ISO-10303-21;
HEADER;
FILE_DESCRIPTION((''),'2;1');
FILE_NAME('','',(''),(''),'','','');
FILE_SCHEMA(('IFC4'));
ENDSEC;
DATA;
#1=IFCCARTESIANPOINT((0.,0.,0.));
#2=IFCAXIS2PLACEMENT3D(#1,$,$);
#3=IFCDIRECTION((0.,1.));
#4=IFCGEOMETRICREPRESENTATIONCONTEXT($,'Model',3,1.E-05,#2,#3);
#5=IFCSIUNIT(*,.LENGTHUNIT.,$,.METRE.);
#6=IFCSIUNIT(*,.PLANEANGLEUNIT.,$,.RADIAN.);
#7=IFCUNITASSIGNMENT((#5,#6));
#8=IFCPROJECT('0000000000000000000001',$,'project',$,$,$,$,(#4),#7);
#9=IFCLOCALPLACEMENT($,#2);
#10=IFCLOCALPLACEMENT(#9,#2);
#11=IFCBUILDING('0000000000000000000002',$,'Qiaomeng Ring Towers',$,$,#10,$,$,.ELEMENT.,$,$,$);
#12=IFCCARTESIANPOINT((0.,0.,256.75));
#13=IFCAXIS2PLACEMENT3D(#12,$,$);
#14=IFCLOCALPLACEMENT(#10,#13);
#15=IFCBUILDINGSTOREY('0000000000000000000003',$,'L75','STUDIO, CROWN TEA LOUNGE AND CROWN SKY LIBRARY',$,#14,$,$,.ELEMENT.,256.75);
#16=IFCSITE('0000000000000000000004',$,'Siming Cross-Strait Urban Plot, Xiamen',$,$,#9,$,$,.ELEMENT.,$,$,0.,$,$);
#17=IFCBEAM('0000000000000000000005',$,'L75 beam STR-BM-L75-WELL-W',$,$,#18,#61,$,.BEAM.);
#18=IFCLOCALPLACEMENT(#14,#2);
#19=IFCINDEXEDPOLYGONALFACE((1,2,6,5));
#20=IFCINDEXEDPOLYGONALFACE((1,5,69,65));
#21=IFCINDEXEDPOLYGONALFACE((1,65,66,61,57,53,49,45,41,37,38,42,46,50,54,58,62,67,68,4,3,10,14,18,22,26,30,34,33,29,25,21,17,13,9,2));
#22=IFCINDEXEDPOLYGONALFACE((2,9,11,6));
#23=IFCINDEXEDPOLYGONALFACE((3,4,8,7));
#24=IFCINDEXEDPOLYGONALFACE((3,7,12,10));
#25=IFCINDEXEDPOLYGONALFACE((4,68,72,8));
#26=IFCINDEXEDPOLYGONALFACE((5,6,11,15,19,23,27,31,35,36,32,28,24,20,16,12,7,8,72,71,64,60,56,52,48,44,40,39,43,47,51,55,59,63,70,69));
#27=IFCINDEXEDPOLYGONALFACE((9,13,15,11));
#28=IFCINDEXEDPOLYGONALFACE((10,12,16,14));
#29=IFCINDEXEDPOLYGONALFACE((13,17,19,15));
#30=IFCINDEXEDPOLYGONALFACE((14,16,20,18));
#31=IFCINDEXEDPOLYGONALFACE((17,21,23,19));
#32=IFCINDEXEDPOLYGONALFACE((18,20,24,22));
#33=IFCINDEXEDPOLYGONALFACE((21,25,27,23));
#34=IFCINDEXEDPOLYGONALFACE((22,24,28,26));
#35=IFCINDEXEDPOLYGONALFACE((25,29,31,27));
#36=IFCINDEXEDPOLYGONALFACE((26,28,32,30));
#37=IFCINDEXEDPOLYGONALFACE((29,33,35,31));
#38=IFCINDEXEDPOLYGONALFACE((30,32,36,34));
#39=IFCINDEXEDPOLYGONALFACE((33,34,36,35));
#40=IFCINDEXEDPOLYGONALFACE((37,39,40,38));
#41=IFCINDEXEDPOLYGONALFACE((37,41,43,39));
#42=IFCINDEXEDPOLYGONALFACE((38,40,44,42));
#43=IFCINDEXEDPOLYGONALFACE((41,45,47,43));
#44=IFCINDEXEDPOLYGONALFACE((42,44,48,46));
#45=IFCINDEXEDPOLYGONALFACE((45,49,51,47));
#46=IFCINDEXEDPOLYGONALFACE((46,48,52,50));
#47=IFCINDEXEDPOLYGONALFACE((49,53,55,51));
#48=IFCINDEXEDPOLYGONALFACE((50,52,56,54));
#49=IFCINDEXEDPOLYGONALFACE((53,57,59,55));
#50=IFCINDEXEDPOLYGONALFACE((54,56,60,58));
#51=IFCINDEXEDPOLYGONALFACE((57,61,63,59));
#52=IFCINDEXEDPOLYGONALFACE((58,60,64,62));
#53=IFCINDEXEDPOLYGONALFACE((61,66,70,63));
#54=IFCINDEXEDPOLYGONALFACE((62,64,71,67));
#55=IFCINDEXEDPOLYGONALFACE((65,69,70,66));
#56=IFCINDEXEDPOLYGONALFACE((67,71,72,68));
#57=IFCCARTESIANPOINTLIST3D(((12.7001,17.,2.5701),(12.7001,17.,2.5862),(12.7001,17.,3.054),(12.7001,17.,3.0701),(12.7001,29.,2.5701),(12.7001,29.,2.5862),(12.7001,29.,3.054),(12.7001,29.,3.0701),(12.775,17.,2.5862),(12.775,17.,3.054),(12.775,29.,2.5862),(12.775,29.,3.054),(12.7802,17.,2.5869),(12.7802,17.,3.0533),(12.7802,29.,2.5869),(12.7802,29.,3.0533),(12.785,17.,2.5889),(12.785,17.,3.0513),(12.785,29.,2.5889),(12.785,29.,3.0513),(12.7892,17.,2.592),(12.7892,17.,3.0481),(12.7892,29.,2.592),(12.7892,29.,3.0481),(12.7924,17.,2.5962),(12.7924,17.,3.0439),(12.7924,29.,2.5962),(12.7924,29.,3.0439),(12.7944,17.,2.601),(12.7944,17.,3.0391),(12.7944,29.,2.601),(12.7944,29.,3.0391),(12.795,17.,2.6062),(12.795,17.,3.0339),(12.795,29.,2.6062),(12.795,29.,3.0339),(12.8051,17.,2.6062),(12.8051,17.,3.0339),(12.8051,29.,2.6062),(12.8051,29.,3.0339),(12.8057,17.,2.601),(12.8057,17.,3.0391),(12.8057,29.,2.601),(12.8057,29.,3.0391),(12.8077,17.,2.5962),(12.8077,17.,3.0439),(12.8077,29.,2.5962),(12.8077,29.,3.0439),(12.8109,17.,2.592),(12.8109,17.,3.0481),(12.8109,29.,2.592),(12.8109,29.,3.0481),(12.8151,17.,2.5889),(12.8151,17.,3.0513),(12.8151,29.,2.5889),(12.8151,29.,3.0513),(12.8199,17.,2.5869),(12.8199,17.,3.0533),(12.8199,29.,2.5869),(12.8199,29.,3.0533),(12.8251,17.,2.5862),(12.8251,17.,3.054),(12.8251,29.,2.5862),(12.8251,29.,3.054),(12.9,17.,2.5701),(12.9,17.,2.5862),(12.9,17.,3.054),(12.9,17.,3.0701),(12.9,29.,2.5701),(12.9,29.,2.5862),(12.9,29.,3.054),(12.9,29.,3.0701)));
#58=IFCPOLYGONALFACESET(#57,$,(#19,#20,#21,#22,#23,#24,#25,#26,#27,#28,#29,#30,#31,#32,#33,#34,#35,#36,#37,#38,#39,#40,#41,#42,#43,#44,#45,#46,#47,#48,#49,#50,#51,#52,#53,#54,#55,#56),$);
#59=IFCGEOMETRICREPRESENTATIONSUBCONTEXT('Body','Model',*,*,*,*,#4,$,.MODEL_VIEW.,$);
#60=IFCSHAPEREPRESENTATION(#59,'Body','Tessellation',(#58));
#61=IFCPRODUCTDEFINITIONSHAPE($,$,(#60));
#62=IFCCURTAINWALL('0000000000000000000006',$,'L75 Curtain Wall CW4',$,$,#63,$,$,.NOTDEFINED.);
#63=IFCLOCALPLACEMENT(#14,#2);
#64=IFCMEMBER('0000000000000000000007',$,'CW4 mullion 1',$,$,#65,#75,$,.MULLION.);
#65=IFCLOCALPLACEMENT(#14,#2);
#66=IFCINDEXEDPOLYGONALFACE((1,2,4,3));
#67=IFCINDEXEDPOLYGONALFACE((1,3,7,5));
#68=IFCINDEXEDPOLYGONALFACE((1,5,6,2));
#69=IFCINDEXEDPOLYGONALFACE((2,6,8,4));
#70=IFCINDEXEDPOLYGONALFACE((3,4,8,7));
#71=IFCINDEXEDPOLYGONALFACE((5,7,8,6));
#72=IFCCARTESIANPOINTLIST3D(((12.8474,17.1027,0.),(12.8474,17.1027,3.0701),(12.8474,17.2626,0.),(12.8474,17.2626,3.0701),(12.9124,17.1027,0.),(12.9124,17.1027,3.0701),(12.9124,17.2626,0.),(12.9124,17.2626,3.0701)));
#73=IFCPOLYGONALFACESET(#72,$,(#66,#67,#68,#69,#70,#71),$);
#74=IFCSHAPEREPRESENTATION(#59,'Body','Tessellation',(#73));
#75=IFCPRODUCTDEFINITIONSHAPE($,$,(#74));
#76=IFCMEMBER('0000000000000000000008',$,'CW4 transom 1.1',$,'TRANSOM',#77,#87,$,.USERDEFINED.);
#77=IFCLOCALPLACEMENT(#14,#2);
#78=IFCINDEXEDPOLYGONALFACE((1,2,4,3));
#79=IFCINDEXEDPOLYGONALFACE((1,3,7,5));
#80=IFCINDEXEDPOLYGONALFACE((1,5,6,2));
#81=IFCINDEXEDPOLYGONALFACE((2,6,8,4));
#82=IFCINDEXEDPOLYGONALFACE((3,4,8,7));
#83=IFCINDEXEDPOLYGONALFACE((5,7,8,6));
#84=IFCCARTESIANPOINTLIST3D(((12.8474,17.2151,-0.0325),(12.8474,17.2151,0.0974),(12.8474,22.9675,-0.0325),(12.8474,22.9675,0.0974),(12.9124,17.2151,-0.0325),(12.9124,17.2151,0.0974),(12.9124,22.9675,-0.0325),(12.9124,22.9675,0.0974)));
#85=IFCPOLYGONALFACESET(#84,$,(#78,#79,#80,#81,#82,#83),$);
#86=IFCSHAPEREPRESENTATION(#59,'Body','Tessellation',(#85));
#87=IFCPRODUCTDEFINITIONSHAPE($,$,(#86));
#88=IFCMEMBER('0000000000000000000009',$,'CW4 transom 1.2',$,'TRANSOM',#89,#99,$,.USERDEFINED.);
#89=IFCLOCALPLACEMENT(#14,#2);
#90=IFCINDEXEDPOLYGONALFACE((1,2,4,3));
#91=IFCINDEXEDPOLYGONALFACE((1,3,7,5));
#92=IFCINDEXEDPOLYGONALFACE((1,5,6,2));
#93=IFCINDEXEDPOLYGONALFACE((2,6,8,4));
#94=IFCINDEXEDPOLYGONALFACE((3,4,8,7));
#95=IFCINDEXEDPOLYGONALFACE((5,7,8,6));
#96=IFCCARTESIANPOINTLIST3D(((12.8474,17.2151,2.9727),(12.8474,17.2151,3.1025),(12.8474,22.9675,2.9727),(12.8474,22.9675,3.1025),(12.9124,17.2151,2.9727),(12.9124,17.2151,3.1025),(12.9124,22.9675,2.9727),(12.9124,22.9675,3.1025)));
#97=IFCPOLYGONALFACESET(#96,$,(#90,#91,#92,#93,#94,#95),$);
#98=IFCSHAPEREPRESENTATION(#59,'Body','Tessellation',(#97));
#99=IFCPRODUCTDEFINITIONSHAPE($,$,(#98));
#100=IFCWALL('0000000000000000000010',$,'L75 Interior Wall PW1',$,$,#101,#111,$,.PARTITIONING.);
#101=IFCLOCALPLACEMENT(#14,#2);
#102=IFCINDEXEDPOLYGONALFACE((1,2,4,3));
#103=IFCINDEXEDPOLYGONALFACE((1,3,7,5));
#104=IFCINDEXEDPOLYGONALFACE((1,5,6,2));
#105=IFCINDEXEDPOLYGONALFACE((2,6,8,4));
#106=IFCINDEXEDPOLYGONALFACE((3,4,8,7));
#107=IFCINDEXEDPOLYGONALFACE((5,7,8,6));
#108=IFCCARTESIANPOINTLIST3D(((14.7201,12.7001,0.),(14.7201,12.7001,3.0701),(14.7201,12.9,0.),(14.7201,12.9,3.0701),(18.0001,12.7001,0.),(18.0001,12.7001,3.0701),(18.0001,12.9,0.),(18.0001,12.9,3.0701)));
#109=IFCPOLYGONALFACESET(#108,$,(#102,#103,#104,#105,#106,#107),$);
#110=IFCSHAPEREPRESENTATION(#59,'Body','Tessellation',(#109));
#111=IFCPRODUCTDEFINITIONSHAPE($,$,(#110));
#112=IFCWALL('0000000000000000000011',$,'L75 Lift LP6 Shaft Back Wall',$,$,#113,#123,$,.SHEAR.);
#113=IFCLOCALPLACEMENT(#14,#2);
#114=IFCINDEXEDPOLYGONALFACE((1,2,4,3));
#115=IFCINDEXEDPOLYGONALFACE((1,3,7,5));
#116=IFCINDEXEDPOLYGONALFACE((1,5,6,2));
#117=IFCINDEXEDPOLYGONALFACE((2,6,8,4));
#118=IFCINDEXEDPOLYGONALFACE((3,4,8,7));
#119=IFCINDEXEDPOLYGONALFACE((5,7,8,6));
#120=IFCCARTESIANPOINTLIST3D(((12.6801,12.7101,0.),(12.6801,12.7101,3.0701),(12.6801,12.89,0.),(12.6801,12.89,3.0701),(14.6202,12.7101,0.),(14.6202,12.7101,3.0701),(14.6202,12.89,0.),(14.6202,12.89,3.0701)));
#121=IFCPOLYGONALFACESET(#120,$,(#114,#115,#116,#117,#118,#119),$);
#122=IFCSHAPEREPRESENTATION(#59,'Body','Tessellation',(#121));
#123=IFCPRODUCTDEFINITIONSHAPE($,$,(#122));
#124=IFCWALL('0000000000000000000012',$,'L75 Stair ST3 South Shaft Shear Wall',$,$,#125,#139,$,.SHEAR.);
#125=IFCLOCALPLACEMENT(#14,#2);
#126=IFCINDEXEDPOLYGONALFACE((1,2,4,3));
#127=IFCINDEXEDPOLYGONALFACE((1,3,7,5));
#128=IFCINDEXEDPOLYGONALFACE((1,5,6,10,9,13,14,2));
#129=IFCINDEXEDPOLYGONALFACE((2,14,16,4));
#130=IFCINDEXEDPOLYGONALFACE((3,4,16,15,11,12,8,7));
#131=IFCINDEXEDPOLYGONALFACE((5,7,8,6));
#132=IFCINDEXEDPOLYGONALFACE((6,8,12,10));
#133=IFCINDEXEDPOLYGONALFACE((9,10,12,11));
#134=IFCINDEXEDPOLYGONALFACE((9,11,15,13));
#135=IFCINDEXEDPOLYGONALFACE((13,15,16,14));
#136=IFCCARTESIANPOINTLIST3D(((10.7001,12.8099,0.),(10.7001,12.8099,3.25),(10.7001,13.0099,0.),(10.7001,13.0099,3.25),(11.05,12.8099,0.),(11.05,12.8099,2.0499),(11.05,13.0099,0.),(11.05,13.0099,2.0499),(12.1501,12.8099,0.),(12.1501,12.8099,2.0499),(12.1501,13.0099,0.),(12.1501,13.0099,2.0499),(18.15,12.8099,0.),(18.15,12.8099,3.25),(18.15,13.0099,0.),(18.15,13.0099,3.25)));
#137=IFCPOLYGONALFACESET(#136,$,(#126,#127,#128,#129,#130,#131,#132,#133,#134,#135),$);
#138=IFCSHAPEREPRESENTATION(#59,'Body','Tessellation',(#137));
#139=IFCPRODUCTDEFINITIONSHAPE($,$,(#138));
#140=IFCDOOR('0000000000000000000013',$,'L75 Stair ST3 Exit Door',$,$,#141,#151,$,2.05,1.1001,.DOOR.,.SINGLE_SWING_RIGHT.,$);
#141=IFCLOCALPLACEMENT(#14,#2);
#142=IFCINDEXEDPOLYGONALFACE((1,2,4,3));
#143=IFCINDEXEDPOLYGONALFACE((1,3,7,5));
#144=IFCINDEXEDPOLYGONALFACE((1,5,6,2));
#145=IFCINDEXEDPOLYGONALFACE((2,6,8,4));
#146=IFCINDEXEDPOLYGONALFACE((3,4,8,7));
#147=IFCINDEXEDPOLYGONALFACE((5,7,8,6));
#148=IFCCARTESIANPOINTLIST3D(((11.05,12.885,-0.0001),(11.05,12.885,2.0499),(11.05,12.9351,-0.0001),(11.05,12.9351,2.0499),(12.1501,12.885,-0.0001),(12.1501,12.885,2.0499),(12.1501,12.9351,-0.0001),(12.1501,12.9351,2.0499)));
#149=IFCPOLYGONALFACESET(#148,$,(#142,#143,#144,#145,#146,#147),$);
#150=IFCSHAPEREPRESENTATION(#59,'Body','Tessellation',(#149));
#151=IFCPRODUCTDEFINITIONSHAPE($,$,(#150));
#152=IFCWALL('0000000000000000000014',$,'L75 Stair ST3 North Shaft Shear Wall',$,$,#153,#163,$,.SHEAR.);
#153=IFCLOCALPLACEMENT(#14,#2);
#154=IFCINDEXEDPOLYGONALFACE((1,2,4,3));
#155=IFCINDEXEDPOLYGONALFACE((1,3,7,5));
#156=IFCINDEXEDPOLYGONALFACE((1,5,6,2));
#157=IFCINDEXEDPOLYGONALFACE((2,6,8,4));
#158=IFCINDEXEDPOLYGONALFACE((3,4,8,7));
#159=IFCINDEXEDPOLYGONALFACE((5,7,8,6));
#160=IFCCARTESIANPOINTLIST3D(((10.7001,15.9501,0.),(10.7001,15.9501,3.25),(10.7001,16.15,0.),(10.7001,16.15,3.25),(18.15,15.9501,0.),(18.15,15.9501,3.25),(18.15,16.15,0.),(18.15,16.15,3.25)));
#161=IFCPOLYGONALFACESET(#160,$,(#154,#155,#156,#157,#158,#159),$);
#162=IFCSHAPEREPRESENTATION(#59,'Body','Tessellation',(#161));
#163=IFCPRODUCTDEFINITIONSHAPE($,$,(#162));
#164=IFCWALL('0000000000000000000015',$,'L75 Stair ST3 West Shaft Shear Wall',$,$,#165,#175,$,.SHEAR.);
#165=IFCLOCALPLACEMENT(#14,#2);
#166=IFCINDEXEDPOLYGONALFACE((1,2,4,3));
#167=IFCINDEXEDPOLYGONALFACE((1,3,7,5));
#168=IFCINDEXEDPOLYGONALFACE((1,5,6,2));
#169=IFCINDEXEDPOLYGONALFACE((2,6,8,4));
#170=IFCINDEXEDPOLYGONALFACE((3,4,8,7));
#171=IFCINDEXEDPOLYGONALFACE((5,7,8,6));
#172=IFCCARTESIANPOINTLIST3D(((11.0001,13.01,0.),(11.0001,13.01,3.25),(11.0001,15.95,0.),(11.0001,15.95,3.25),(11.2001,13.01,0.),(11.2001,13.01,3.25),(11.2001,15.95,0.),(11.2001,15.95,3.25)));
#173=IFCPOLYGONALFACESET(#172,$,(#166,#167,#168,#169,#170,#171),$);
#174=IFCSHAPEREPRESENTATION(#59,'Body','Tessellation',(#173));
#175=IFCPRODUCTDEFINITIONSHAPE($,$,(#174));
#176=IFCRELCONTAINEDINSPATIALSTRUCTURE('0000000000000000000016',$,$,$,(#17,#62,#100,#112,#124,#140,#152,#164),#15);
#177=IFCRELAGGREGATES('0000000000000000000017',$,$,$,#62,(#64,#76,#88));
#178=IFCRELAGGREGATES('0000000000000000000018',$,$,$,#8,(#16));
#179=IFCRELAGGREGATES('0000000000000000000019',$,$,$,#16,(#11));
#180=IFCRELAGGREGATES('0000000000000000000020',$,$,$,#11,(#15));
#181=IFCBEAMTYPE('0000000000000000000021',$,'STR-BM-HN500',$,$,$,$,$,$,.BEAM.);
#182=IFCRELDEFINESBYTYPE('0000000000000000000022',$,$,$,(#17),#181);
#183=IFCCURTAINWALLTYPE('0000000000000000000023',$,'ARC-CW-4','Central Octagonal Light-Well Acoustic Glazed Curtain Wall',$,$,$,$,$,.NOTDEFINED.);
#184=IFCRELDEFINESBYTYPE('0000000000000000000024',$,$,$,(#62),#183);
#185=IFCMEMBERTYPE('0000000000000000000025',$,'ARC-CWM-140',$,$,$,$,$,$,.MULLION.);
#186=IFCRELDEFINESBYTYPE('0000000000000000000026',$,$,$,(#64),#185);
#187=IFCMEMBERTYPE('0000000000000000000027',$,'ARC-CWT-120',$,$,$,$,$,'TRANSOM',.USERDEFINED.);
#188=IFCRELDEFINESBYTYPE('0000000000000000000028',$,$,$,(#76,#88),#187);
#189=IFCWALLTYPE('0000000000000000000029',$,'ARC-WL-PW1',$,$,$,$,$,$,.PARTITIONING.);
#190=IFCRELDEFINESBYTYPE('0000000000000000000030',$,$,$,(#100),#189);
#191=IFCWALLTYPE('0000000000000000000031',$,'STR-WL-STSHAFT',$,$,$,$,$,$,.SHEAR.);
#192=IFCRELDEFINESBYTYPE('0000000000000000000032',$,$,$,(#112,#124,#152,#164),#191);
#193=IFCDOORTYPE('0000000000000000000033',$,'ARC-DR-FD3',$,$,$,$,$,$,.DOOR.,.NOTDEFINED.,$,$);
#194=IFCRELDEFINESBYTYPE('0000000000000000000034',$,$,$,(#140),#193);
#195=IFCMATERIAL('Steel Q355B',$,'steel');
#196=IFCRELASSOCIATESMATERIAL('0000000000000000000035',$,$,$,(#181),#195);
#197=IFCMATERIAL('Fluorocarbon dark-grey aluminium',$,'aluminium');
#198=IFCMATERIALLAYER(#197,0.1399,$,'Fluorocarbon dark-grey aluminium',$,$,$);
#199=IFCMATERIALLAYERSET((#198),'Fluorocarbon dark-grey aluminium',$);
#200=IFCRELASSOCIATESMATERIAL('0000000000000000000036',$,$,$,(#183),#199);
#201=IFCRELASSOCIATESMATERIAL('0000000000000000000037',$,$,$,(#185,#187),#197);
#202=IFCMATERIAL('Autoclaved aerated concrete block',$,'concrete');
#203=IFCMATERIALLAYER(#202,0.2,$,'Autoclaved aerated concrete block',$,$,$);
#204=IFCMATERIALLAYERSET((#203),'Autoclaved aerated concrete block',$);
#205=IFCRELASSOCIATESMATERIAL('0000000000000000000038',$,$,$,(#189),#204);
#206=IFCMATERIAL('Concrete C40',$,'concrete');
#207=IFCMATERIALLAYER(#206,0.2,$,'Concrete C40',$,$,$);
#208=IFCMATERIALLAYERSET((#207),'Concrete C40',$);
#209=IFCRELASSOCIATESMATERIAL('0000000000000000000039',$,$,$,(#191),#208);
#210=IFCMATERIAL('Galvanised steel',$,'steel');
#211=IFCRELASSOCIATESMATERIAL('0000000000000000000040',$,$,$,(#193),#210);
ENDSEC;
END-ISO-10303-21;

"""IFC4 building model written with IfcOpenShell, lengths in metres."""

from ifc_helpers import new_model, si_unit, direction, frame, frame_2d, origin, origin_2d, place, context, subcontext, project, spatial, rectangle, i_section, extrude, source, transform, mapped, material, layer, layer_set, material_profile, profile_set, type_object, element, fill, aggregate, save


model = new_model("IFC4")

# Units and contexts
model_context = context("Model", 3, precision=1e-05, world=origin(), true_north=direction((0.0, 1.0)))
body_context = subcontext(model_context, "Body", "Model", "MODEL_VIEW")
ifc_project = project(units=[si_unit("LENGTHUNIT", "METRE"), si_unit("PLANEANGLEUNIT", "RADIAN")], contexts=[model_context])

# Site, building, storey
site_placement = place(None, origin())
site = spatial("IfcSite", under=ifc_project, at=site_placement, Name="Siming Cross-Strait Urban Plot, Xiamen", CompositionType="ELEMENT", RefElevation=0.0)
building_placement = place(site_placement, origin())
building = spatial("IfcBuilding", under=site, at=building_placement, Name="Qiaomeng Ring Towers", CompositionType="ELEMENT")
storey_placement = place(building_placement, frame((0.0, 0.0, 256.75)))
storey = spatial("IfcBuildingStorey", under=building, at=storey_placement, Name="L75", Description="STUDIO, CROWN TEA LOUNGE AND CROWN SKY LIBRARY", CompositionType="ELEMENT", Elevation=256.75)

# Beam
ifc_material_1 = material(Name="Steel Q355B", Category="steel")
ifc_material_profile_1 = material_profile(ifc_material_1, i_section(OverallWidth=0.2, OverallDepth=0.5, WebThickness=0.01, FlangeThickness=0.0161, FilletRadius=0.02, at=origin_2d()), Name="HN 500x200x10x16")
ifc_profile_set_1 = profile_set([ifc_material_profile_1], Name="Steel Q355B")
beam_type = type_object("IfcBeamType", Name="STR-BM-HN500", PredefinedType="BEAM", material=ifc_profile_set_1)
shared_shape_1 = source(origin(), body_context, "Body", "SweptSolid", [
    extrude(i_section(OverallWidth=0.2, OverallDepth=0.5, WebThickness=0.01, FlangeThickness=0.0161, FilletRadius=0.02, at=origin_2d()), origin(), (0.0, 0.0, 1.0), 12.0),
])
beam_placement = place(storey_placement, frame((12.8, 17.0, 2.8201), z_axis=(0.0, 1.0, 0.0), x_axis=(-1.0, 0.0, 0.0)))
element("IfcBeam", 1, at=beam_placement, inside=storey, type_object=beam_type, Name="L75 beam STR-BM-L75-WELL-W", PredefinedType="BEAM", context=body_context, shape_type="MappedRepresentation", body=[
    mapped(shared_shape_1, transform((0.0, 0.0, 0.0), x_axis=(1.0, 0.0, 0.0), y_axis=(0.0, 1.0, 0.0), z_axis=(0.0, 0.0, 1.0), scale=1.0)),
])

# Curtain wall, members
ifc_material_2 = material(Name="Fluorocarbon dark-grey aluminium", Category="aluminium")
ifc_layer_1 = layer(ifc_material_2, 0.1399, Name="Fluorocarbon dark-grey aluminium")
ifc_layer_set_1 = layer_set([ifc_layer_1], Name="Fluorocarbon dark-grey aluminium")
curtain_wall_type = type_object("IfcCurtainWallType", Name="ARC-CW-4", Description="Central Octagonal Light-Well Acoustic Glazed Curtain Wall", PredefinedType="NOTDEFINED", material=ifc_layer_set_1)
curtain_wall_placement = place(storey_placement, origin())
curtain_wall = element("IfcCurtainWall", 2, at=curtain_wall_placement, inside=storey, type_object=curtain_wall_type, Name="L75 Curtain Wall CW4", PredefinedType="NOTDEFINED")
ifc_material_profile_2 = material_profile(ifc_material_2, rectangle(XDim=0.0649, YDim=0.1599, at=origin_2d()), Name="ALU MULL 65x160")
ifc_profile_set_2 = profile_set([ifc_material_profile_2], Name="Fluorocarbon dark-grey aluminium")
member_type_1 = type_object("IfcMemberType", Name="ARC-CWM-140", PredefinedType="MULLION", material=ifc_profile_set_2)
shared_shape_2 = source(origin(), body_context, "Body", "SweptSolid", [
    extrude(rectangle(XDim=0.0649, YDim=0.1599, at=origin_2d()), origin(), (0.0, 0.0, 1.0), 3.0701),
])
member_1_placement = place(storey_placement, frame((12.8799, 17.1826, 0.0), z_axis=(0.0, 0.0, 1.0), x_axis=(-1.0, 0.0, 0.0)))
member_1 = element("IfcMember", 3, at=member_1_placement, type_object=member_type_1, Name="CW4 mullion 1", PredefinedType="MULLION", context=body_context, shape_type="MappedRepresentation", body=[
    mapped(shared_shape_2, transform((0.0, 0.0, 0.0), x_axis=(1.0, 0.0, 0.0), y_axis=(0.0, 1.0, 0.0), z_axis=(0.0, 0.0, 1.0), scale=1.0)),
])
ifc_material_profile_3 = material_profile(ifc_material_2, rectangle(XDim=0.0649, YDim=0.1299, at=origin_2d()), Name="ALU TRAN 65x130")
ifc_profile_set_3 = profile_set([ifc_material_profile_3], Name="Fluorocarbon dark-grey aluminium")
member_type_2 = type_object("IfcMemberType", Name="ARC-CWT-120", ElementType="TRANSOM", PredefinedType="USERDEFINED", material=ifc_profile_set_3)
shared_shape_3 = source(origin(), body_context, "Body", "SweptSolid", [
    extrude(rectangle(XDim=0.0649, YDim=0.1299, at=origin_2d()), origin(), (0.0, 0.0, 1.0), 5.7524),
])
member_2_placement = place(storey_placement, frame((12.8799, 17.2151, 0.0325), z_axis=(0.0, 1.0, 0.0), x_axis=(-1.0, 0.0, 0.0)))
member_2 = element("IfcMember", 4, at=member_2_placement, type_object=member_type_2, Name="CW4 transom 1.1", ObjectType="TRANSOM", PredefinedType="USERDEFINED", context=body_context, shape_type="MappedRepresentation", body=[
    mapped(shared_shape_3, transform((0.0, 0.0, 0.0), x_axis=(1.0, 0.0, 0.0), y_axis=(0.0, 1.0, 0.0), z_axis=(0.0, 0.0, 1.0), scale=1.0)),
])
member_3_placement = place(storey_placement, frame((12.8799, 17.2151, 3.0376), z_axis=(0.0, 1.0, 0.0), x_axis=(-1.0, 0.0, 0.0)))
member_3 = element("IfcMember", 5, at=member_3_placement, type_object=member_type_2, Name="CW4 transom 1.2", ObjectType="TRANSOM", PredefinedType="USERDEFINED", context=body_context, shape_type="MappedRepresentation", body=[
    mapped(shared_shape_3, transform((0.0, 0.0, 0.0), x_axis=(1.0, 0.0, 0.0), y_axis=(0.0, 1.0, 0.0), z_axis=(0.0, 0.0, 1.0), scale=1.0)),
])
aggregate(curtain_wall, [member_1, member_2, member_3])

# Walls
ifc_material_3 = material(Name="Autoclaved aerated concrete block", Category="concrete")
ifc_layer_2 = layer(ifc_material_3, 0.2, Name="Autoclaved aerated concrete block")
ifc_layer_set_2 = layer_set([ifc_layer_2], Name="Autoclaved aerated concrete block")
wall_type_1 = type_object("IfcWallType", Name="ARC-WL-PW1", PredefinedType="PARTITIONING", material=ifc_layer_set_2)
wall_1_placement = place(storey_placement, frame((14.72, 12.8, 0.0), z_axis=(0.0, 0.0, 1.0), x_axis=(1.0, 0.0, 0.0)))
element("IfcWall", 6, at=wall_1_placement, inside=storey, type_object=wall_type_1, Name="L75 Interior Wall PW1", PredefinedType="PARTITIONING", context=body_context, shape_type="SweptSolid", body=[
    extrude(rectangle(XDim=3.28, YDim=0.2, at=frame_2d((1.6401, 0.0))), origin(), (0.0, 0.0, 1.0), 3.0701),
])
ifc_material_4 = material(Name="Concrete C40", Category="concrete")
ifc_layer_3 = layer(ifc_material_4, 0.2, Name="Concrete C40")
ifc_layer_set_3 = layer_set([ifc_layer_3], Name="Concrete C40")
wall_type_2 = type_object("IfcWallType", Name="STR-WL-STSHAFT", PredefinedType="SHEAR", material=ifc_layer_set_3)
wall_2_placement = place(storey_placement, frame((12.6799, 12.8, 0.0), z_axis=(0.0, 0.0, 1.0), x_axis=(1.0, 0.0, 0.0)))
element("IfcWall", 7, at=wall_2_placement, inside=storey, type_object=wall_type_2, Name="L75 Lift LP6 Shaft Back Wall", PredefinedType="SHEAR", context=body_context, shape_type="SweptSolid", body=[
    extrude(rectangle(XDim=1.9402, YDim=0.1799, at=frame_2d((0.9702, 0.0))), origin(), (0.0, 0.0, 1.0), 3.0701),
])

# Wall, opening, door
wall_3_placement = place(storey_placement, frame((10.7, 12.9099, 0.0), z_axis=(0.0, 0.0, 1.0), x_axis=(1.0, 0.0, 0.0)))
wall_3 = element("IfcWall", 8, at=wall_3_placement, inside=storey, type_object=wall_type_2, Name="L75 Stair ST3 South Shaft Shear Wall", PredefinedType="SHEAR", context=body_context, shape_type="SweptSolid", body=[
    extrude(rectangle(XDim=7.45, YDim=0.2, at=frame_2d((3.7251, 0.0))), origin(), (0.0, 0.0, 1.0), 3.25),
])
opening_placement = place(wall_3_placement, frame((0.3501, 0.0, 0.0)))
opening = element("IfcOpeningElement", 9, at=opening_placement, cuts=wall_3, PredefinedType="OPENING", context=body_context, shape_type="SweptSolid", body=[
    extrude(rectangle(XDim=1.1001, YDim=2.05, at=frame_2d((0.55, 1.0249))), frame((0.0, 0.1099, 0.0), z_axis=(0.0, -1.0, 0.0), x_axis=(1.0, 0.0, 0.0)), (0.0, 0.0, 1.0), 0.22),
])
ifc_material_5 = material(Name="Galvanised steel", Category="steel")
door_type = type_object("IfcDoorType", Name="ARC-DR-FD3", OperationType="NOTDEFINED", PredefinedType="DOOR", material=ifc_material_5)
shared_shape_4 = source(origin(), body_context, "Body", "SweptSolid", [
    extrude(rectangle(XDim=1.1001, YDim=2.05, at=frame_2d((0.55, 1.0249))), frame((0.0, 0.0249, 0.0), z_axis=(0.0, -1.0, 0.0), x_axis=(1.0, 0.0, 0.0)), (0.0, 0.0, 1.0), 0.05),
])
door_placement = place(opening_placement, frame((1.1001, 0.0, 0.0), z_axis=(0.0, 0.0, 1.0), x_axis=(-1.0, 0.0, 0.0)))
door = element("IfcDoor", 10, at=door_placement, inside=storey, type_object=door_type, Name="L75 Stair ST3 Exit Door", OperationType="SINGLE_SWING_RIGHT", OverallHeight=2.05, OverallWidth=1.1001, PredefinedType="DOOR", context=body_context, shape_type="MappedRepresentation", body=[
    mapped(shared_shape_4, transform((0.0, 0.0, 0.0), x_axis=(1.0, 0.0, 0.0), y_axis=(0.0, 1.0, 0.0), z_axis=(0.0, 0.0, 1.0), scale=1.0)),
])
fill(opening, door)

# Walls
wall_4_placement = place(storey_placement, frame((10.7, 16.05, 0.0), z_axis=(0.0, 0.0, 1.0), x_axis=(1.0, 0.0, 0.0)))
element("IfcWall", 11, at=wall_4_placement, inside=storey, type_object=wall_type_2, Name="L75 Stair ST3 North Shaft Shear Wall", PredefinedType="SHEAR", context=body_context, shape_type="SweptSolid", body=[
    extrude(rectangle(XDim=7.45, YDim=0.2, at=frame_2d((3.7251, 0.0))), origin(), (0.0, 0.0, 1.0), 3.25),
])
wall_5_placement = place(storey_placement, frame((11.1001, 13.01, 0.0), z_axis=(0.0, 0.0, 1.0), x_axis=(0.0, 1.0, 0.0)))
element("IfcWall", 12, at=wall_5_placement, inside=storey, type_object=wall_type_2, Name="L75 Stair ST3 West Shaft Shear Wall", PredefinedType="SHEAR", context=body_context, shape_type="SweptSolid", body=[
    extrude(rectangle(XDim=2.9399, YDim=0.2, at=frame_2d((1.47, 0.0))), origin(), (0.0, 0.0, 1.0), 3.25),
])

save(model, "model.ifc")
